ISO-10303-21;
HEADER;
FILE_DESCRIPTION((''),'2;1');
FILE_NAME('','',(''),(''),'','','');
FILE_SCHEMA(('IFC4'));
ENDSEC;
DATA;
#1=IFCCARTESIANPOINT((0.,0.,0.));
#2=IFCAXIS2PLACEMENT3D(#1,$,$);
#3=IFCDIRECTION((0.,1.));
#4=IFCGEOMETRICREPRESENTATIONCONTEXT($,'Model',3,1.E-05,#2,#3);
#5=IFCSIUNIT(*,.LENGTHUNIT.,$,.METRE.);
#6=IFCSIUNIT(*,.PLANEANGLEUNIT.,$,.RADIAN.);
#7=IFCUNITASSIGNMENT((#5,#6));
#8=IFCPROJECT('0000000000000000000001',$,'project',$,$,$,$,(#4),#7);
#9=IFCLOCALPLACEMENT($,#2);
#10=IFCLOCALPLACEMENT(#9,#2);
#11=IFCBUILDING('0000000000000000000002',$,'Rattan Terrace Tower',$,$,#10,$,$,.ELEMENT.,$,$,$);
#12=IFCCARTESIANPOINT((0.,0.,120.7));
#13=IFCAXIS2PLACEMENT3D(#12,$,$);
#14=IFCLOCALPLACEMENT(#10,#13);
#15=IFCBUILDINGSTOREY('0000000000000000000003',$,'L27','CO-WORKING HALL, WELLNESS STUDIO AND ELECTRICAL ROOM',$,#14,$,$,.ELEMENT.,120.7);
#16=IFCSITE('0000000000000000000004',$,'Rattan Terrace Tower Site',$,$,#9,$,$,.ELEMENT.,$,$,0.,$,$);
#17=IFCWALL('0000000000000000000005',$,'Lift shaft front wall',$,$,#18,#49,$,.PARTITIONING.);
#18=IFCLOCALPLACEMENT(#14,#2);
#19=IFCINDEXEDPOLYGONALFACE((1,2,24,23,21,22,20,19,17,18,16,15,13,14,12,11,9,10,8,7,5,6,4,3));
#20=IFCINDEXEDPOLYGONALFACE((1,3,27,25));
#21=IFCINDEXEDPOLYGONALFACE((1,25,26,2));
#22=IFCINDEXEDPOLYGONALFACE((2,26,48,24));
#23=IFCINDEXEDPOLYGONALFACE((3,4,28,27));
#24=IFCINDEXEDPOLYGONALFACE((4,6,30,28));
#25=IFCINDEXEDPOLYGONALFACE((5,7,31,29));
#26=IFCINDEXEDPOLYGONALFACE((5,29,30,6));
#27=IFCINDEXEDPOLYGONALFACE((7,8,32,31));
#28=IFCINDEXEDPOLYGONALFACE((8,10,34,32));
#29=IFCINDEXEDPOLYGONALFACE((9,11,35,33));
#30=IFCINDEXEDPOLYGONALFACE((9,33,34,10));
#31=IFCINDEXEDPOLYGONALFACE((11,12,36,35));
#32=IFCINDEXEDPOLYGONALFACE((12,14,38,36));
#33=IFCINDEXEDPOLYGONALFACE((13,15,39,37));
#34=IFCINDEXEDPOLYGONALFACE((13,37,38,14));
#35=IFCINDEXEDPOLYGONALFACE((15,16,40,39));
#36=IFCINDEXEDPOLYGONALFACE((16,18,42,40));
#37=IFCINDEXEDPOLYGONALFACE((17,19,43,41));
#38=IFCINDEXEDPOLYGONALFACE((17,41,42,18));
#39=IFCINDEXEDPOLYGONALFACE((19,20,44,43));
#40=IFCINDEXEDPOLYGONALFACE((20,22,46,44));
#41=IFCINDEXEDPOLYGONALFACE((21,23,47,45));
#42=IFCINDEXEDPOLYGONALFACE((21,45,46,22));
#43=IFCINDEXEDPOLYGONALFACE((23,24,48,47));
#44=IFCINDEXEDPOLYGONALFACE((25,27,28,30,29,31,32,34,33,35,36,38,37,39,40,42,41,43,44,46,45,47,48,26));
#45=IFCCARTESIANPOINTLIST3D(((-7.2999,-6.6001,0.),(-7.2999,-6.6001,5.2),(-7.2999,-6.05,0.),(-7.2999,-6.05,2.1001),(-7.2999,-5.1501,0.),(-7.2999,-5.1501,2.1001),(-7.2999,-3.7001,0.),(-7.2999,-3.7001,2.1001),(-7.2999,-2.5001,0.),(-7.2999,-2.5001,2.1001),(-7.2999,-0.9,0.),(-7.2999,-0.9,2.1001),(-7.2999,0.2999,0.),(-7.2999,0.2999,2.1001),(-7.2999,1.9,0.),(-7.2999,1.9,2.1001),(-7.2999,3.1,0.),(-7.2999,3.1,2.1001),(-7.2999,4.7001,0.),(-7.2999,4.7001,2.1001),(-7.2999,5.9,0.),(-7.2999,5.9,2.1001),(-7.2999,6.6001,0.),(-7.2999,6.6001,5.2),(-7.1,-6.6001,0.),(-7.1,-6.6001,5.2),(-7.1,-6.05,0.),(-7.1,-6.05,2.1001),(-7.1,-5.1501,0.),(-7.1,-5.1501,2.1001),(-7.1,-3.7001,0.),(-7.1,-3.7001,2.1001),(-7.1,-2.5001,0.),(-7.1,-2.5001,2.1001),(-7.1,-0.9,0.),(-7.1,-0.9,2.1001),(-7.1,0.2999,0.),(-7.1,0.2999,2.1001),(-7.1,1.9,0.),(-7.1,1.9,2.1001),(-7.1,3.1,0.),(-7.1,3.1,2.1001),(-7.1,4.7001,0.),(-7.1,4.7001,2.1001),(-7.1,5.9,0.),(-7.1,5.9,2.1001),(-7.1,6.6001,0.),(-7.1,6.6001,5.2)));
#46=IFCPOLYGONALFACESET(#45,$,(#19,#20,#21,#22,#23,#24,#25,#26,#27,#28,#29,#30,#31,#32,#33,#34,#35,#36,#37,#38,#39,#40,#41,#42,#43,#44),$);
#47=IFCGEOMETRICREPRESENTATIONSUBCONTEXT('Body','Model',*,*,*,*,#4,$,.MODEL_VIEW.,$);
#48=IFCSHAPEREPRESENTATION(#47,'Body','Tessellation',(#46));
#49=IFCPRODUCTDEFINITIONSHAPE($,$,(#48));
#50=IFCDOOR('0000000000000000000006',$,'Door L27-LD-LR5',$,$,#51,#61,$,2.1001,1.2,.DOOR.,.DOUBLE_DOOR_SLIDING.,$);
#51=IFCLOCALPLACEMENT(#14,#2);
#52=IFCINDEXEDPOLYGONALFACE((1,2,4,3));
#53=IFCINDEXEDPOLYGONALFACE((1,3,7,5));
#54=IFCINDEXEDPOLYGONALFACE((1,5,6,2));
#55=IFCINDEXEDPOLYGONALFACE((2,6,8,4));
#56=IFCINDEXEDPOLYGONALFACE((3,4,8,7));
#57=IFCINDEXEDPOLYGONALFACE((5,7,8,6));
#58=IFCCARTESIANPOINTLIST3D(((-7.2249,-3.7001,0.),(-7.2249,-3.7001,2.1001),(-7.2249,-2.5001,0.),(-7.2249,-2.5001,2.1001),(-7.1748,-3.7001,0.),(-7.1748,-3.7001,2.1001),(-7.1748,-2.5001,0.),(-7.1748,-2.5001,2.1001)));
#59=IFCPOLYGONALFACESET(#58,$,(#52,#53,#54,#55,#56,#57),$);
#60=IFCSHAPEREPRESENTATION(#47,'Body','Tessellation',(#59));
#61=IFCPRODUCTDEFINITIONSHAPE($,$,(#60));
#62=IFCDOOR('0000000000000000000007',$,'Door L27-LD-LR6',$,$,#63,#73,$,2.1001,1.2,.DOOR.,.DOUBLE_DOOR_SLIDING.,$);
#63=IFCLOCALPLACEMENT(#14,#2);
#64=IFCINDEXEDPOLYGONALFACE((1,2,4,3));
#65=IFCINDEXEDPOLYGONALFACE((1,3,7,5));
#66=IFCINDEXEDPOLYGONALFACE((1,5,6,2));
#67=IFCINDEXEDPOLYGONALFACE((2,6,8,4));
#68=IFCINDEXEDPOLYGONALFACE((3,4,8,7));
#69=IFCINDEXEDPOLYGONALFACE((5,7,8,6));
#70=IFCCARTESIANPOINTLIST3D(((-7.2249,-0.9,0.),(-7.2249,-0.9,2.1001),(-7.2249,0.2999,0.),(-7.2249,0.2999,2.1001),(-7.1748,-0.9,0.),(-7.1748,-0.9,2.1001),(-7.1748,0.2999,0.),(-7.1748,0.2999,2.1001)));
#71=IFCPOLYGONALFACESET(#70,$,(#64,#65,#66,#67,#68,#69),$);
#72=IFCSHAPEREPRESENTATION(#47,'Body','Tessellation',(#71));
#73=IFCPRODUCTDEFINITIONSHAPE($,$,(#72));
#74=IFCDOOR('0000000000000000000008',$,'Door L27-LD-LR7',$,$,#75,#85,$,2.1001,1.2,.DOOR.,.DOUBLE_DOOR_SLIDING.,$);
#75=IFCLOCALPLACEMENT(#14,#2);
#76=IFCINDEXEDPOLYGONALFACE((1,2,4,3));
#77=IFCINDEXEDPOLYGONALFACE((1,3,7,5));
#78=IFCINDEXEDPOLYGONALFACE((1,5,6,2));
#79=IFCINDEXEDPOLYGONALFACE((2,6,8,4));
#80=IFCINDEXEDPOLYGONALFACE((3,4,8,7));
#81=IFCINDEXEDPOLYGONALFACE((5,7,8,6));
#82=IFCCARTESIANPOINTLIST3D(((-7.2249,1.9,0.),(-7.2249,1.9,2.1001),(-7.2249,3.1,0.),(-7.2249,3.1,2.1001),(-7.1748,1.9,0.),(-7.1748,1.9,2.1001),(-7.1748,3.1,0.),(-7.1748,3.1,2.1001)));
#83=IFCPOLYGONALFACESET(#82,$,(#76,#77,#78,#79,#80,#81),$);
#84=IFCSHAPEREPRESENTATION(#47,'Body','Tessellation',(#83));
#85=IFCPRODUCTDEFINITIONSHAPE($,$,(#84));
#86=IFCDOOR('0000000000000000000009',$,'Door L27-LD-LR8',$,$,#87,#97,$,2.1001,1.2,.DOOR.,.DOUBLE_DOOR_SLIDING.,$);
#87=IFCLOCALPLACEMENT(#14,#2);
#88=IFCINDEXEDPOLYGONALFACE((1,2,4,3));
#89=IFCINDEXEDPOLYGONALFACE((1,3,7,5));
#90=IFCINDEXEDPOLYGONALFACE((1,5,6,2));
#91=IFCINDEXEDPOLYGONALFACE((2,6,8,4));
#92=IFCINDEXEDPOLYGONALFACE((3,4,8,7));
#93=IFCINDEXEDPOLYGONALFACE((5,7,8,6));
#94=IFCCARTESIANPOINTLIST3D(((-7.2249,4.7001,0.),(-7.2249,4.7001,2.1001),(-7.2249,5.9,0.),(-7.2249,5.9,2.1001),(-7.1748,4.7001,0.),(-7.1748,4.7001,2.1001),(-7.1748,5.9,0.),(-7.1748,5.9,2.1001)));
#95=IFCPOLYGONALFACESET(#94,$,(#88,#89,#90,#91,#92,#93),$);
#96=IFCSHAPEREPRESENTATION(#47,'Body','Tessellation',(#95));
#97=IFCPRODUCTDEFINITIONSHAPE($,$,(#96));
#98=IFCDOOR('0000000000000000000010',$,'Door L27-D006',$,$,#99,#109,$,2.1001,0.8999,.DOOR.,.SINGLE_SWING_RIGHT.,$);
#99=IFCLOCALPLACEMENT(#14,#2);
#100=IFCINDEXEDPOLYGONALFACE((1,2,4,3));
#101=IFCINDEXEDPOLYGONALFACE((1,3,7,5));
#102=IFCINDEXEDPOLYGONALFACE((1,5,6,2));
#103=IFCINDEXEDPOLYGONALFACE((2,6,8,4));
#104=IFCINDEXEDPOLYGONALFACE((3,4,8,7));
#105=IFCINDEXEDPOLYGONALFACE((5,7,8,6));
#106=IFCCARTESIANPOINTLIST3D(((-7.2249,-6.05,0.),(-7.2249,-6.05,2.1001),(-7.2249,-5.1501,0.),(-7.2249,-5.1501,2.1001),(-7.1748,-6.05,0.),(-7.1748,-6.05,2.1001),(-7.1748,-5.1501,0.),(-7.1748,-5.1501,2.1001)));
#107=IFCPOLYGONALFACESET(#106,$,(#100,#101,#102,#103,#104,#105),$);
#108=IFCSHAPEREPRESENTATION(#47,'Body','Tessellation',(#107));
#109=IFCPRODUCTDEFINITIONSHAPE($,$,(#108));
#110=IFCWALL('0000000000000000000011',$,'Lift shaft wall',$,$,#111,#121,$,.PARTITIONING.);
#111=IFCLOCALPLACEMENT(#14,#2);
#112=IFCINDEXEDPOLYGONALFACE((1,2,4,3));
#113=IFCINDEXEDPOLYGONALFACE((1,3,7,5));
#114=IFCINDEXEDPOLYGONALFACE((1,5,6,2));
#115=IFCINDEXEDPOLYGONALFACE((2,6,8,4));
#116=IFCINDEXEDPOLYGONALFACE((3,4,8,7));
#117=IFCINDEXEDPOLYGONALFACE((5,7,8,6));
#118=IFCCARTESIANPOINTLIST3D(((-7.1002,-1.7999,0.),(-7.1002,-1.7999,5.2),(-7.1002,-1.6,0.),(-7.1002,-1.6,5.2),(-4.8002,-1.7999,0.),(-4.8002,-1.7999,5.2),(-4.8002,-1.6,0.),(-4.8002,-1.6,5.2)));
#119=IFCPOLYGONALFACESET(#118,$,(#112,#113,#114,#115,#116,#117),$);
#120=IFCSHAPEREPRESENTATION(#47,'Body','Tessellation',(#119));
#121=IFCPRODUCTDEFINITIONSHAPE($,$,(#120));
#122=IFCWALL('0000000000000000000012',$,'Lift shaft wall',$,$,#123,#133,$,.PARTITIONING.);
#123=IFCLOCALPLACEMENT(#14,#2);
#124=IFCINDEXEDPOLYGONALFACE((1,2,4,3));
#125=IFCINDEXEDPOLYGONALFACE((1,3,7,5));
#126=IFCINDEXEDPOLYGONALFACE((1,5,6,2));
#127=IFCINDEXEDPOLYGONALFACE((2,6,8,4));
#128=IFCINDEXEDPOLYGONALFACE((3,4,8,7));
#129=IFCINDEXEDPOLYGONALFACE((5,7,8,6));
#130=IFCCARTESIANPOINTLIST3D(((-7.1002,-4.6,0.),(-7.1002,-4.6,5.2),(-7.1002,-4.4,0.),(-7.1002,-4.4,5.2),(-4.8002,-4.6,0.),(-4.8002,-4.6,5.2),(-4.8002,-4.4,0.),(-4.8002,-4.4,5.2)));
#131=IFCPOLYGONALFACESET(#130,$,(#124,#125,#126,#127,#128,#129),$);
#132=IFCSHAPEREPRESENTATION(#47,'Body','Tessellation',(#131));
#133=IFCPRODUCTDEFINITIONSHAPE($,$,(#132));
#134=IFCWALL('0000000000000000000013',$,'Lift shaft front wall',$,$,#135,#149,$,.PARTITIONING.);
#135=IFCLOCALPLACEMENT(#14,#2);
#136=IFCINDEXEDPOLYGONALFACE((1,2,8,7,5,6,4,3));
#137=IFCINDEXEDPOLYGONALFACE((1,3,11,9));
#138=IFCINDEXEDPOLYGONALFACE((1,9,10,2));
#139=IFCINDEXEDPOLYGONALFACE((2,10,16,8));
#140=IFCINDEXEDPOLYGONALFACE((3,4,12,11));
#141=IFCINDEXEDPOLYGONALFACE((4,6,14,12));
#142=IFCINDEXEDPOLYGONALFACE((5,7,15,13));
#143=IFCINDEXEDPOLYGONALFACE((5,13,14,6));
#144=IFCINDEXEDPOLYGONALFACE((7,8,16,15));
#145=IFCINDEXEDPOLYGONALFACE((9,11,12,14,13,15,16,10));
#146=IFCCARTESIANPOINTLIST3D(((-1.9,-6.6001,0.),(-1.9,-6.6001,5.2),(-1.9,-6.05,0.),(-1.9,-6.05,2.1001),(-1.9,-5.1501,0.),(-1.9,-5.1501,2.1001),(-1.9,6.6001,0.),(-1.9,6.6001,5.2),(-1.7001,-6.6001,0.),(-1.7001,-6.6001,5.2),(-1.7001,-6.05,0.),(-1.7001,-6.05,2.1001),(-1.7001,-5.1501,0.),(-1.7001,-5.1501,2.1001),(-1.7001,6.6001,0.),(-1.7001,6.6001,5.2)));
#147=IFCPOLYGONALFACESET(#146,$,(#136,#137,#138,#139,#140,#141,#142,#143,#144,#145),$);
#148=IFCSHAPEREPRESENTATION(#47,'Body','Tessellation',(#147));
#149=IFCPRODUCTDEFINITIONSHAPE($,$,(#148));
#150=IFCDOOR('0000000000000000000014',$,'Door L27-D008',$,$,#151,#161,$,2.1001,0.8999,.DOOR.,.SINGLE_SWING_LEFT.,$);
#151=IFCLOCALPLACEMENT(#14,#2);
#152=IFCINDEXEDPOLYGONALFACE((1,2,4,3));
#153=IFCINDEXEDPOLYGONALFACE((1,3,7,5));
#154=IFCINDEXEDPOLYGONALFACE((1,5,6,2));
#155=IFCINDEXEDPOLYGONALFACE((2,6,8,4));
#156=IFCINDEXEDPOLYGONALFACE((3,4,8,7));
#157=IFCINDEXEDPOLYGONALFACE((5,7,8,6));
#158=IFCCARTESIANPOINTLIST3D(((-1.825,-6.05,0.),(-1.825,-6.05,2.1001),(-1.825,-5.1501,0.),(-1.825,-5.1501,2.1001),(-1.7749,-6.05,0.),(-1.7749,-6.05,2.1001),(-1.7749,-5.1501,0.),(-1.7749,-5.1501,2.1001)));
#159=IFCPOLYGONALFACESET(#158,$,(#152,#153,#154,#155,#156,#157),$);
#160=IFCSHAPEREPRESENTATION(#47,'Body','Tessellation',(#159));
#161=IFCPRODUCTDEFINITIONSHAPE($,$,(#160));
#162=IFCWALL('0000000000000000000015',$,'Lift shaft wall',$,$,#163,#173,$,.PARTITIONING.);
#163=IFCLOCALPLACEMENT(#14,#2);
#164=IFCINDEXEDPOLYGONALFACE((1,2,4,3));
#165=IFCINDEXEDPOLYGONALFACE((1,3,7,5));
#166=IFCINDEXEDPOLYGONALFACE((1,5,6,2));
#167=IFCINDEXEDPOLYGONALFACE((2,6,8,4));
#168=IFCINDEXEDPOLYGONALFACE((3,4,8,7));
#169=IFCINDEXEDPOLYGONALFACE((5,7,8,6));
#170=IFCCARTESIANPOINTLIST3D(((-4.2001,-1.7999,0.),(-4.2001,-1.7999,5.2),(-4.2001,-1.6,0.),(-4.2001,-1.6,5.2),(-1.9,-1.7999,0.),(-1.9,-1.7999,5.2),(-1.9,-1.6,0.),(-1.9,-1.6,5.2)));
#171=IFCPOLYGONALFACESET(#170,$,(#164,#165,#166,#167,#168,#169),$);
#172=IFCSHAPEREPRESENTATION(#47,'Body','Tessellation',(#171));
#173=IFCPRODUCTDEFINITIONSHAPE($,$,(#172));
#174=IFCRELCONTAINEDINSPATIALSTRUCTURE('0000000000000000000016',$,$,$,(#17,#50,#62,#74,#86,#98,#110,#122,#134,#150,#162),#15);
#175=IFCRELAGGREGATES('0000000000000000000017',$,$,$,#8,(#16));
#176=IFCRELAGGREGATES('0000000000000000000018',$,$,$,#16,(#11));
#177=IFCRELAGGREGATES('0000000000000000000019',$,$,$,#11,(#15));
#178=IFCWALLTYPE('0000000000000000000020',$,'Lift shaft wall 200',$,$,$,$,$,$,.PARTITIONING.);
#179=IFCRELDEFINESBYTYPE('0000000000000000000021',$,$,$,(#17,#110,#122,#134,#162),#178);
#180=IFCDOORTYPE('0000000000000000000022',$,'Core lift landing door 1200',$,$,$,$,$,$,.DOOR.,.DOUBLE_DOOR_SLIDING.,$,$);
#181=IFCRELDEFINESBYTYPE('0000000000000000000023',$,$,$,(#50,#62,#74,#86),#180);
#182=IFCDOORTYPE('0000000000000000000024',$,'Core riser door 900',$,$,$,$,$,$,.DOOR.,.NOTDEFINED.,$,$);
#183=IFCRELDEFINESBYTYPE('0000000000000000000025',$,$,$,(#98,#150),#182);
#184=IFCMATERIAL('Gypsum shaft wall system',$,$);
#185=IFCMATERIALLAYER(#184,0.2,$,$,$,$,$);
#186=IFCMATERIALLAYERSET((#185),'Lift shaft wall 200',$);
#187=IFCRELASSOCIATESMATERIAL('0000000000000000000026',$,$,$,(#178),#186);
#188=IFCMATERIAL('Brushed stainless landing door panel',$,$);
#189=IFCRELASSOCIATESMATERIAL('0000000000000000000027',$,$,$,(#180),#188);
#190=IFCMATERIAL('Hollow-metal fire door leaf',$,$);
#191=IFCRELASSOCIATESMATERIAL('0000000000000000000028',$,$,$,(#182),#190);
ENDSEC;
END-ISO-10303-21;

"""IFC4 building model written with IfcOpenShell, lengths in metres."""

from ifc_helpers import new_model, si_unit, direction, frame, frame_2d, origin, place, context, subcontext, project, spatial, rectangle, extrude, material, layer, layer_set, type_object, element, fill, save


model = new_model("IFC4")

# Units and contexts
model_context = context("Model", 3, precision=1e-05, world=origin(), true_north=direction((0.0, 1.0)))
body_context = subcontext(model_context, "Body", "Model", "MODEL_VIEW")
ifc_project = project(units=[si_unit("LENGTHUNIT", "METRE"), si_unit("PLANEANGLEUNIT", "RADIAN")], contexts=[model_context])

# Site, building, storey
site_placement = place(None, origin())
site = spatial("IfcSite", under=ifc_project, at=site_placement, Name="Rattan Terrace Tower Site", CompositionType="ELEMENT", RefElevation=0.0)
building_placement = place(site_placement, origin())
building = spatial("IfcBuilding", under=site, at=building_placement, Name="Rattan Terrace Tower", CompositionType="ELEMENT")
storey_placement = place(building_placement, frame((0.0, 0.0, 120.7)))
storey = spatial("IfcBuildingStorey", under=building, at=storey_placement, Name="L27", Description="CO-WORKING HALL, WELLNESS STUDIO AND ELECTRICAL ROOM", CompositionType="ELEMENT", Elevation=120.7)

# Wall, openings, doors
ifc_material_1 = material(Name="Gypsum shaft wall system")
ifc_layer_1 = layer(ifc_material_1, 0.2)
ifc_layer_set_1 = layer_set([ifc_layer_1], Name="Lift shaft wall 200")
wall_type_1 = type_object("IfcWallType", Name="Lift shaft wall 200", PredefinedType="PARTITIONING", material=ifc_layer_set_1)
ifc_material_2 = material(Name="Brushed stainless landing door panel")
door_type_1 = type_object("IfcDoorType", Name="Core lift landing door 1200", OperationType="DOUBLE_DOOR_SLIDING", PredefinedType="DOOR", material=ifc_material_2)
ifc_material_3 = material(Name="Hollow-metal fire door leaf")
door_type_2 = type_object("IfcDoorType", Name="Core riser door 900", OperationType="NOTDEFINED", PredefinedType="DOOR", material=ifc_material_3)
wall_1_placement = place(storey_placement, frame((-7.2, -6.6001, 0.0), z_axis=(0.0, 0.0, 1.0), x_axis=(0.0, 1.0, 0.0)))
wall_1 = element("IfcWall", 1, at=wall_1_placement, inside=storey, type_object=wall_type_1, Name="Lift shaft front wall", PredefinedType="PARTITIONING", context=body_context, shape_type="SweptSolid", body=[
    extrude(rectangle(XDim=13.2002, YDim=0.2, at=frame_2d((6.6001, 0.0))), origin(), (0.0, 0.0, 1.0), 5.2),
])
opening_1_placement = place(wall_1_placement, frame((0.55, 0.0, 0.0)))
opening_1 = element("IfcOpeningElement", 2, at=opening_1_placement, cuts=wall_1, PredefinedType="OPENING", context=body_context, shape_type="SweptSolid", body=[
    extrude(rectangle(XDim=0.8999, YDim=2.1001, at=frame_2d((0.45, 1.05))), frame((0.0, 0.1106, 0.0), z_axis=(0.0, -1.0, 0.0), x_axis=(1.0, 0.0, 0.0)), (0.0, 0.0, 1.0), 0.2209),
])
opening_2_placement = place(wall_1_placement, frame((2.8999, 0.0, 0.0)))
opening_2 = element("IfcOpeningElement", 3, at=opening_2_placement, cuts=wall_1, PredefinedType="OPENING", context=body_context, shape_type="SweptSolid", body=[
    extrude(rectangle(XDim=1.2, YDim=2.1001, at=frame_2d((0.6001, 1.05))), frame((0.0, 0.1106, 0.0), z_axis=(0.0, -1.0, 0.0), x_axis=(1.0, 0.0, 0.0)), (0.0, 0.0, 1.0), 0.2209),
])
opening_3_placement = place(wall_1_placement, frame((5.7, 0.0, 0.0)))
opening_3 = element("IfcOpeningElement", 4, at=opening_3_placement, cuts=wall_1, PredefinedType="OPENING", context=body_context, shape_type="SweptSolid", body=[
    extrude(rectangle(XDim=1.2, YDim=2.1001, at=frame_2d((0.6001, 1.05))), frame((0.0, 0.1106, 0.0), z_axis=(0.0, -1.0, 0.0), x_axis=(1.0, 0.0, 0.0)), (0.0, 0.0, 1.0), 0.2209),
])
opening_4_placement = place(wall_1_placement, frame((8.5, 0.0, 0.0)))
opening_4 = element("IfcOpeningElement", 5, at=opening_4_placement, cuts=wall_1, PredefinedType="OPENING", context=body_context, shape_type="SweptSolid", body=[
    extrude(rectangle(XDim=1.2, YDim=2.1001, at=frame_2d((0.6001, 1.05))), frame((0.0, 0.1106, 0.0), z_axis=(0.0, -1.0, 0.0), x_axis=(1.0, 0.0, 0.0)), (0.0, 0.0, 1.0), 0.2209),
])
opening_5_placement = place(wall_1_placement, frame((11.3, 0.0, 0.0)))
opening_5 = element("IfcOpeningElement", 6, at=opening_5_placement, cuts=wall_1, PredefinedType="OPENING", context=body_context, shape_type="SweptSolid", body=[
    extrude(rectangle(XDim=1.2, YDim=2.1001, at=frame_2d((0.6001, 1.05))), frame((0.0, 0.1106, 0.0), z_axis=(0.0, -1.0, 0.0), x_axis=(1.0, 0.0, 0.0)), (0.0, 0.0, 1.0), 0.2209),
])
door_1_placement = place(opening_2_placement, origin())
door_1 = element("IfcDoor", 7, at=door_1_placement, inside=storey, type_object=door_type_1, Name="Door L27-LD-LR5", OperationType="DOUBLE_DOOR_SLIDING", OverallHeight=2.1001, OverallWidth=1.2, PredefinedType="DOOR", context=body_context, shape_type="SweptSolid", body=[
    extrude(rectangle(XDim=1.2, YDim=2.1001, at=frame_2d((0.6001, 1.05))), frame((0.0, 0.0249, 0.0), z_axis=(0.0, -1.0, 0.0), x_axis=(1.0, 0.0, 0.0)), (0.0, 0.0, 1.0), 0.05),
])
fill(opening_2, door_1)
door_2_placement = place(opening_3_placement, origin())
door_2 = element("IfcDoor", 8, at=door_2_placement, inside=storey, type_object=door_type_1, Name="Door L27-LD-LR6", OperationType="DOUBLE_DOOR_SLIDING", OverallHeight=2.1001, OverallWidth=1.2, PredefinedType="DOOR", context=body_context, shape_type="SweptSolid", body=[
    extrude(rectangle(XDim=1.2, YDim=2.1001, at=frame_2d((0.6001, 1.05))), frame((0.0, 0.0249, 0.0), z_axis=(0.0, -1.0, 0.0), x_axis=(1.0, 0.0, 0.0)), (0.0, 0.0, 1.0), 0.05),
])
fill(opening_3, door_2)
door_3_placement = place(opening_4_placement, origin())
door_3 = element("IfcDoor", 9, at=door_3_placement, inside=storey, type_object=door_type_1, Name="Door L27-LD-LR7", OperationType="DOUBLE_DOOR_SLIDING", OverallHeight=2.1001, OverallWidth=1.2, PredefinedType="DOOR", context=body_context, shape_type="SweptSolid", body=[
    extrude(rectangle(XDim=1.2, YDim=2.1001, at=frame_2d((0.6001, 1.05))), frame((0.0, 0.0249, 0.0), z_axis=(0.0, -1.0, 0.0), x_axis=(1.0, 0.0, 0.0)), (0.0, 0.0, 1.0), 0.05),
])
fill(opening_4, door_3)
door_4_placement = place(opening_5_placement, origin())
door_4 = element("IfcDoor", 10, at=door_4_placement, inside=storey, type_object=door_type_1, Name="Door L27-LD-LR8", OperationType="DOUBLE_DOOR_SLIDING", OverallHeight=2.1001, OverallWidth=1.2, PredefinedType="DOOR", context=body_context, shape_type="SweptSolid", body=[
    extrude(rectangle(XDim=1.2, YDim=2.1001, at=frame_2d((0.6001, 1.05))), frame((0.0, 0.0249, 0.0), z_axis=(0.0, -1.0, 0.0), x_axis=(1.0, 0.0, 0.0)), (0.0, 0.0, 1.0), 0.05),
])
fill(opening_5, door_4)
door_5_placement = place(opening_1_placement, origin())
door_5 = element("IfcDoor", 11, at=door_5_placement, inside=storey, type_object=door_type_2, Name="Door L27-D006", OperationType="SINGLE_SWING_RIGHT", OverallHeight=2.1001, OverallWidth=0.8999, PredefinedType="DOOR", context=body_context, shape_type="SweptSolid", body=[
    extrude(rectangle(XDim=0.8999, YDim=2.1001, at=frame_2d((0.45, 1.05))), frame((0.0, 0.0249, 0.0), z_axis=(0.0, -1.0, 0.0), x_axis=(1.0, 0.0, 0.0)), (0.0, 0.0, 1.0), 0.05),
])
fill(opening_1, door_5)

# Walls
for number, where, z_axis, x_axis, name in (
    (12, (-7.1001, -1.7, 0.0), (0.0, 0.0, 1.0), (1.0, 0.0, 0.0), "Lift shaft wall"),
    (13, (-7.1001, -4.5, 0.0), (0.0, 0.0, 1.0), (1.0, 0.0, 0.0), "Lift shaft wall"),
):
    element("IfcWall", number, at=place(storey_placement, frame(where, z_axis=z_axis, x_axis=x_axis)), inside=storey, type_object=wall_type_1, Name=name, PredefinedType="PARTITIONING", context=body_context, shape_type="SweptSolid", body=[
        extrude(rectangle(XDim=2.3, YDim=0.2, at=frame_2d((1.1499, 0.0))), origin(), (0.0, 0.0, 1.0), 5.2),
    ])

# Wall, opening, door
wall_2_placement = place(storey_placement, frame((-1.8, -6.6001, 0.0), z_axis=(0.0, 0.0, 1.0), x_axis=(0.0, 1.0, 0.0)))
wall_2 = element("IfcWall", 14, at=wall_2_placement, inside=storey, type_object=wall_type_1, Name="Lift shaft front wall", PredefinedType="PARTITIONING", context=body_context, shape_type="SweptSolid", body=[
    extrude(rectangle(XDim=13.2002, YDim=0.2, at=frame_2d((6.6001, 0.0))), origin(), (0.0, 0.0, 1.0), 5.2),
])
opening_6_placement = place(wall_2_placement, frame((0.55, 0.0, 0.0)))
opening_6 = element("IfcOpeningElement", 15, at=opening_6_placement, cuts=wall_2, PredefinedType="OPENING", context=body_context, shape_type="SweptSolid", body=[
    extrude(rectangle(XDim=0.8999, YDim=2.1001, at=frame_2d((0.45, 1.05))), frame((0.0, 0.1106, 0.0), z_axis=(0.0, -1.0, 0.0), x_axis=(1.0, 0.0, 0.0)), (0.0, 0.0, 1.0), 0.2209),
])
door_6_placement = place(opening_6_placement, origin())
door_6 = element("IfcDoor", 16, at=door_6_placement, inside=storey, type_object=door_type_2, Name="Door L27-D008", OperationType="SINGLE_SWING_LEFT", OverallHeight=2.1001, OverallWidth=0.8999, PredefinedType="DOOR", context=body_context, shape_type="SweptSolid", body=[
    extrude(rectangle(XDim=0.8999, YDim=2.1001, at=frame_2d((0.45, 1.05))), frame((0.0, 0.0249, 0.0), z_axis=(0.0, -1.0, 0.0), x_axis=(1.0, 0.0, 0.0)), (0.0, 0.0, 1.0), 0.05),
])
fill(opening_6, door_6)

# Wall
for number, where, z_axis, x_axis, name in (
    (17, (-4.2, -1.7, 0.0), (0.0, 0.0, 1.0), (1.0, 0.0, 0.0), "Lift shaft wall"),
):
    element("IfcWall", number, at=place(storey_placement, frame(where, z_axis=z_axis, x_axis=x_axis)), inside=storey, type_object=wall_type_1, Name=name, PredefinedType="PARTITIONING", context=body_context, shape_type="SweptSolid", body=[
        extrude(rectangle(XDim=2.3, YDim=0.2, at=frame_2d((1.1499, 0.0))), origin(), (0.0, 0.0, 1.0), 5.2),
    ])

save(model, "model.ifc")
